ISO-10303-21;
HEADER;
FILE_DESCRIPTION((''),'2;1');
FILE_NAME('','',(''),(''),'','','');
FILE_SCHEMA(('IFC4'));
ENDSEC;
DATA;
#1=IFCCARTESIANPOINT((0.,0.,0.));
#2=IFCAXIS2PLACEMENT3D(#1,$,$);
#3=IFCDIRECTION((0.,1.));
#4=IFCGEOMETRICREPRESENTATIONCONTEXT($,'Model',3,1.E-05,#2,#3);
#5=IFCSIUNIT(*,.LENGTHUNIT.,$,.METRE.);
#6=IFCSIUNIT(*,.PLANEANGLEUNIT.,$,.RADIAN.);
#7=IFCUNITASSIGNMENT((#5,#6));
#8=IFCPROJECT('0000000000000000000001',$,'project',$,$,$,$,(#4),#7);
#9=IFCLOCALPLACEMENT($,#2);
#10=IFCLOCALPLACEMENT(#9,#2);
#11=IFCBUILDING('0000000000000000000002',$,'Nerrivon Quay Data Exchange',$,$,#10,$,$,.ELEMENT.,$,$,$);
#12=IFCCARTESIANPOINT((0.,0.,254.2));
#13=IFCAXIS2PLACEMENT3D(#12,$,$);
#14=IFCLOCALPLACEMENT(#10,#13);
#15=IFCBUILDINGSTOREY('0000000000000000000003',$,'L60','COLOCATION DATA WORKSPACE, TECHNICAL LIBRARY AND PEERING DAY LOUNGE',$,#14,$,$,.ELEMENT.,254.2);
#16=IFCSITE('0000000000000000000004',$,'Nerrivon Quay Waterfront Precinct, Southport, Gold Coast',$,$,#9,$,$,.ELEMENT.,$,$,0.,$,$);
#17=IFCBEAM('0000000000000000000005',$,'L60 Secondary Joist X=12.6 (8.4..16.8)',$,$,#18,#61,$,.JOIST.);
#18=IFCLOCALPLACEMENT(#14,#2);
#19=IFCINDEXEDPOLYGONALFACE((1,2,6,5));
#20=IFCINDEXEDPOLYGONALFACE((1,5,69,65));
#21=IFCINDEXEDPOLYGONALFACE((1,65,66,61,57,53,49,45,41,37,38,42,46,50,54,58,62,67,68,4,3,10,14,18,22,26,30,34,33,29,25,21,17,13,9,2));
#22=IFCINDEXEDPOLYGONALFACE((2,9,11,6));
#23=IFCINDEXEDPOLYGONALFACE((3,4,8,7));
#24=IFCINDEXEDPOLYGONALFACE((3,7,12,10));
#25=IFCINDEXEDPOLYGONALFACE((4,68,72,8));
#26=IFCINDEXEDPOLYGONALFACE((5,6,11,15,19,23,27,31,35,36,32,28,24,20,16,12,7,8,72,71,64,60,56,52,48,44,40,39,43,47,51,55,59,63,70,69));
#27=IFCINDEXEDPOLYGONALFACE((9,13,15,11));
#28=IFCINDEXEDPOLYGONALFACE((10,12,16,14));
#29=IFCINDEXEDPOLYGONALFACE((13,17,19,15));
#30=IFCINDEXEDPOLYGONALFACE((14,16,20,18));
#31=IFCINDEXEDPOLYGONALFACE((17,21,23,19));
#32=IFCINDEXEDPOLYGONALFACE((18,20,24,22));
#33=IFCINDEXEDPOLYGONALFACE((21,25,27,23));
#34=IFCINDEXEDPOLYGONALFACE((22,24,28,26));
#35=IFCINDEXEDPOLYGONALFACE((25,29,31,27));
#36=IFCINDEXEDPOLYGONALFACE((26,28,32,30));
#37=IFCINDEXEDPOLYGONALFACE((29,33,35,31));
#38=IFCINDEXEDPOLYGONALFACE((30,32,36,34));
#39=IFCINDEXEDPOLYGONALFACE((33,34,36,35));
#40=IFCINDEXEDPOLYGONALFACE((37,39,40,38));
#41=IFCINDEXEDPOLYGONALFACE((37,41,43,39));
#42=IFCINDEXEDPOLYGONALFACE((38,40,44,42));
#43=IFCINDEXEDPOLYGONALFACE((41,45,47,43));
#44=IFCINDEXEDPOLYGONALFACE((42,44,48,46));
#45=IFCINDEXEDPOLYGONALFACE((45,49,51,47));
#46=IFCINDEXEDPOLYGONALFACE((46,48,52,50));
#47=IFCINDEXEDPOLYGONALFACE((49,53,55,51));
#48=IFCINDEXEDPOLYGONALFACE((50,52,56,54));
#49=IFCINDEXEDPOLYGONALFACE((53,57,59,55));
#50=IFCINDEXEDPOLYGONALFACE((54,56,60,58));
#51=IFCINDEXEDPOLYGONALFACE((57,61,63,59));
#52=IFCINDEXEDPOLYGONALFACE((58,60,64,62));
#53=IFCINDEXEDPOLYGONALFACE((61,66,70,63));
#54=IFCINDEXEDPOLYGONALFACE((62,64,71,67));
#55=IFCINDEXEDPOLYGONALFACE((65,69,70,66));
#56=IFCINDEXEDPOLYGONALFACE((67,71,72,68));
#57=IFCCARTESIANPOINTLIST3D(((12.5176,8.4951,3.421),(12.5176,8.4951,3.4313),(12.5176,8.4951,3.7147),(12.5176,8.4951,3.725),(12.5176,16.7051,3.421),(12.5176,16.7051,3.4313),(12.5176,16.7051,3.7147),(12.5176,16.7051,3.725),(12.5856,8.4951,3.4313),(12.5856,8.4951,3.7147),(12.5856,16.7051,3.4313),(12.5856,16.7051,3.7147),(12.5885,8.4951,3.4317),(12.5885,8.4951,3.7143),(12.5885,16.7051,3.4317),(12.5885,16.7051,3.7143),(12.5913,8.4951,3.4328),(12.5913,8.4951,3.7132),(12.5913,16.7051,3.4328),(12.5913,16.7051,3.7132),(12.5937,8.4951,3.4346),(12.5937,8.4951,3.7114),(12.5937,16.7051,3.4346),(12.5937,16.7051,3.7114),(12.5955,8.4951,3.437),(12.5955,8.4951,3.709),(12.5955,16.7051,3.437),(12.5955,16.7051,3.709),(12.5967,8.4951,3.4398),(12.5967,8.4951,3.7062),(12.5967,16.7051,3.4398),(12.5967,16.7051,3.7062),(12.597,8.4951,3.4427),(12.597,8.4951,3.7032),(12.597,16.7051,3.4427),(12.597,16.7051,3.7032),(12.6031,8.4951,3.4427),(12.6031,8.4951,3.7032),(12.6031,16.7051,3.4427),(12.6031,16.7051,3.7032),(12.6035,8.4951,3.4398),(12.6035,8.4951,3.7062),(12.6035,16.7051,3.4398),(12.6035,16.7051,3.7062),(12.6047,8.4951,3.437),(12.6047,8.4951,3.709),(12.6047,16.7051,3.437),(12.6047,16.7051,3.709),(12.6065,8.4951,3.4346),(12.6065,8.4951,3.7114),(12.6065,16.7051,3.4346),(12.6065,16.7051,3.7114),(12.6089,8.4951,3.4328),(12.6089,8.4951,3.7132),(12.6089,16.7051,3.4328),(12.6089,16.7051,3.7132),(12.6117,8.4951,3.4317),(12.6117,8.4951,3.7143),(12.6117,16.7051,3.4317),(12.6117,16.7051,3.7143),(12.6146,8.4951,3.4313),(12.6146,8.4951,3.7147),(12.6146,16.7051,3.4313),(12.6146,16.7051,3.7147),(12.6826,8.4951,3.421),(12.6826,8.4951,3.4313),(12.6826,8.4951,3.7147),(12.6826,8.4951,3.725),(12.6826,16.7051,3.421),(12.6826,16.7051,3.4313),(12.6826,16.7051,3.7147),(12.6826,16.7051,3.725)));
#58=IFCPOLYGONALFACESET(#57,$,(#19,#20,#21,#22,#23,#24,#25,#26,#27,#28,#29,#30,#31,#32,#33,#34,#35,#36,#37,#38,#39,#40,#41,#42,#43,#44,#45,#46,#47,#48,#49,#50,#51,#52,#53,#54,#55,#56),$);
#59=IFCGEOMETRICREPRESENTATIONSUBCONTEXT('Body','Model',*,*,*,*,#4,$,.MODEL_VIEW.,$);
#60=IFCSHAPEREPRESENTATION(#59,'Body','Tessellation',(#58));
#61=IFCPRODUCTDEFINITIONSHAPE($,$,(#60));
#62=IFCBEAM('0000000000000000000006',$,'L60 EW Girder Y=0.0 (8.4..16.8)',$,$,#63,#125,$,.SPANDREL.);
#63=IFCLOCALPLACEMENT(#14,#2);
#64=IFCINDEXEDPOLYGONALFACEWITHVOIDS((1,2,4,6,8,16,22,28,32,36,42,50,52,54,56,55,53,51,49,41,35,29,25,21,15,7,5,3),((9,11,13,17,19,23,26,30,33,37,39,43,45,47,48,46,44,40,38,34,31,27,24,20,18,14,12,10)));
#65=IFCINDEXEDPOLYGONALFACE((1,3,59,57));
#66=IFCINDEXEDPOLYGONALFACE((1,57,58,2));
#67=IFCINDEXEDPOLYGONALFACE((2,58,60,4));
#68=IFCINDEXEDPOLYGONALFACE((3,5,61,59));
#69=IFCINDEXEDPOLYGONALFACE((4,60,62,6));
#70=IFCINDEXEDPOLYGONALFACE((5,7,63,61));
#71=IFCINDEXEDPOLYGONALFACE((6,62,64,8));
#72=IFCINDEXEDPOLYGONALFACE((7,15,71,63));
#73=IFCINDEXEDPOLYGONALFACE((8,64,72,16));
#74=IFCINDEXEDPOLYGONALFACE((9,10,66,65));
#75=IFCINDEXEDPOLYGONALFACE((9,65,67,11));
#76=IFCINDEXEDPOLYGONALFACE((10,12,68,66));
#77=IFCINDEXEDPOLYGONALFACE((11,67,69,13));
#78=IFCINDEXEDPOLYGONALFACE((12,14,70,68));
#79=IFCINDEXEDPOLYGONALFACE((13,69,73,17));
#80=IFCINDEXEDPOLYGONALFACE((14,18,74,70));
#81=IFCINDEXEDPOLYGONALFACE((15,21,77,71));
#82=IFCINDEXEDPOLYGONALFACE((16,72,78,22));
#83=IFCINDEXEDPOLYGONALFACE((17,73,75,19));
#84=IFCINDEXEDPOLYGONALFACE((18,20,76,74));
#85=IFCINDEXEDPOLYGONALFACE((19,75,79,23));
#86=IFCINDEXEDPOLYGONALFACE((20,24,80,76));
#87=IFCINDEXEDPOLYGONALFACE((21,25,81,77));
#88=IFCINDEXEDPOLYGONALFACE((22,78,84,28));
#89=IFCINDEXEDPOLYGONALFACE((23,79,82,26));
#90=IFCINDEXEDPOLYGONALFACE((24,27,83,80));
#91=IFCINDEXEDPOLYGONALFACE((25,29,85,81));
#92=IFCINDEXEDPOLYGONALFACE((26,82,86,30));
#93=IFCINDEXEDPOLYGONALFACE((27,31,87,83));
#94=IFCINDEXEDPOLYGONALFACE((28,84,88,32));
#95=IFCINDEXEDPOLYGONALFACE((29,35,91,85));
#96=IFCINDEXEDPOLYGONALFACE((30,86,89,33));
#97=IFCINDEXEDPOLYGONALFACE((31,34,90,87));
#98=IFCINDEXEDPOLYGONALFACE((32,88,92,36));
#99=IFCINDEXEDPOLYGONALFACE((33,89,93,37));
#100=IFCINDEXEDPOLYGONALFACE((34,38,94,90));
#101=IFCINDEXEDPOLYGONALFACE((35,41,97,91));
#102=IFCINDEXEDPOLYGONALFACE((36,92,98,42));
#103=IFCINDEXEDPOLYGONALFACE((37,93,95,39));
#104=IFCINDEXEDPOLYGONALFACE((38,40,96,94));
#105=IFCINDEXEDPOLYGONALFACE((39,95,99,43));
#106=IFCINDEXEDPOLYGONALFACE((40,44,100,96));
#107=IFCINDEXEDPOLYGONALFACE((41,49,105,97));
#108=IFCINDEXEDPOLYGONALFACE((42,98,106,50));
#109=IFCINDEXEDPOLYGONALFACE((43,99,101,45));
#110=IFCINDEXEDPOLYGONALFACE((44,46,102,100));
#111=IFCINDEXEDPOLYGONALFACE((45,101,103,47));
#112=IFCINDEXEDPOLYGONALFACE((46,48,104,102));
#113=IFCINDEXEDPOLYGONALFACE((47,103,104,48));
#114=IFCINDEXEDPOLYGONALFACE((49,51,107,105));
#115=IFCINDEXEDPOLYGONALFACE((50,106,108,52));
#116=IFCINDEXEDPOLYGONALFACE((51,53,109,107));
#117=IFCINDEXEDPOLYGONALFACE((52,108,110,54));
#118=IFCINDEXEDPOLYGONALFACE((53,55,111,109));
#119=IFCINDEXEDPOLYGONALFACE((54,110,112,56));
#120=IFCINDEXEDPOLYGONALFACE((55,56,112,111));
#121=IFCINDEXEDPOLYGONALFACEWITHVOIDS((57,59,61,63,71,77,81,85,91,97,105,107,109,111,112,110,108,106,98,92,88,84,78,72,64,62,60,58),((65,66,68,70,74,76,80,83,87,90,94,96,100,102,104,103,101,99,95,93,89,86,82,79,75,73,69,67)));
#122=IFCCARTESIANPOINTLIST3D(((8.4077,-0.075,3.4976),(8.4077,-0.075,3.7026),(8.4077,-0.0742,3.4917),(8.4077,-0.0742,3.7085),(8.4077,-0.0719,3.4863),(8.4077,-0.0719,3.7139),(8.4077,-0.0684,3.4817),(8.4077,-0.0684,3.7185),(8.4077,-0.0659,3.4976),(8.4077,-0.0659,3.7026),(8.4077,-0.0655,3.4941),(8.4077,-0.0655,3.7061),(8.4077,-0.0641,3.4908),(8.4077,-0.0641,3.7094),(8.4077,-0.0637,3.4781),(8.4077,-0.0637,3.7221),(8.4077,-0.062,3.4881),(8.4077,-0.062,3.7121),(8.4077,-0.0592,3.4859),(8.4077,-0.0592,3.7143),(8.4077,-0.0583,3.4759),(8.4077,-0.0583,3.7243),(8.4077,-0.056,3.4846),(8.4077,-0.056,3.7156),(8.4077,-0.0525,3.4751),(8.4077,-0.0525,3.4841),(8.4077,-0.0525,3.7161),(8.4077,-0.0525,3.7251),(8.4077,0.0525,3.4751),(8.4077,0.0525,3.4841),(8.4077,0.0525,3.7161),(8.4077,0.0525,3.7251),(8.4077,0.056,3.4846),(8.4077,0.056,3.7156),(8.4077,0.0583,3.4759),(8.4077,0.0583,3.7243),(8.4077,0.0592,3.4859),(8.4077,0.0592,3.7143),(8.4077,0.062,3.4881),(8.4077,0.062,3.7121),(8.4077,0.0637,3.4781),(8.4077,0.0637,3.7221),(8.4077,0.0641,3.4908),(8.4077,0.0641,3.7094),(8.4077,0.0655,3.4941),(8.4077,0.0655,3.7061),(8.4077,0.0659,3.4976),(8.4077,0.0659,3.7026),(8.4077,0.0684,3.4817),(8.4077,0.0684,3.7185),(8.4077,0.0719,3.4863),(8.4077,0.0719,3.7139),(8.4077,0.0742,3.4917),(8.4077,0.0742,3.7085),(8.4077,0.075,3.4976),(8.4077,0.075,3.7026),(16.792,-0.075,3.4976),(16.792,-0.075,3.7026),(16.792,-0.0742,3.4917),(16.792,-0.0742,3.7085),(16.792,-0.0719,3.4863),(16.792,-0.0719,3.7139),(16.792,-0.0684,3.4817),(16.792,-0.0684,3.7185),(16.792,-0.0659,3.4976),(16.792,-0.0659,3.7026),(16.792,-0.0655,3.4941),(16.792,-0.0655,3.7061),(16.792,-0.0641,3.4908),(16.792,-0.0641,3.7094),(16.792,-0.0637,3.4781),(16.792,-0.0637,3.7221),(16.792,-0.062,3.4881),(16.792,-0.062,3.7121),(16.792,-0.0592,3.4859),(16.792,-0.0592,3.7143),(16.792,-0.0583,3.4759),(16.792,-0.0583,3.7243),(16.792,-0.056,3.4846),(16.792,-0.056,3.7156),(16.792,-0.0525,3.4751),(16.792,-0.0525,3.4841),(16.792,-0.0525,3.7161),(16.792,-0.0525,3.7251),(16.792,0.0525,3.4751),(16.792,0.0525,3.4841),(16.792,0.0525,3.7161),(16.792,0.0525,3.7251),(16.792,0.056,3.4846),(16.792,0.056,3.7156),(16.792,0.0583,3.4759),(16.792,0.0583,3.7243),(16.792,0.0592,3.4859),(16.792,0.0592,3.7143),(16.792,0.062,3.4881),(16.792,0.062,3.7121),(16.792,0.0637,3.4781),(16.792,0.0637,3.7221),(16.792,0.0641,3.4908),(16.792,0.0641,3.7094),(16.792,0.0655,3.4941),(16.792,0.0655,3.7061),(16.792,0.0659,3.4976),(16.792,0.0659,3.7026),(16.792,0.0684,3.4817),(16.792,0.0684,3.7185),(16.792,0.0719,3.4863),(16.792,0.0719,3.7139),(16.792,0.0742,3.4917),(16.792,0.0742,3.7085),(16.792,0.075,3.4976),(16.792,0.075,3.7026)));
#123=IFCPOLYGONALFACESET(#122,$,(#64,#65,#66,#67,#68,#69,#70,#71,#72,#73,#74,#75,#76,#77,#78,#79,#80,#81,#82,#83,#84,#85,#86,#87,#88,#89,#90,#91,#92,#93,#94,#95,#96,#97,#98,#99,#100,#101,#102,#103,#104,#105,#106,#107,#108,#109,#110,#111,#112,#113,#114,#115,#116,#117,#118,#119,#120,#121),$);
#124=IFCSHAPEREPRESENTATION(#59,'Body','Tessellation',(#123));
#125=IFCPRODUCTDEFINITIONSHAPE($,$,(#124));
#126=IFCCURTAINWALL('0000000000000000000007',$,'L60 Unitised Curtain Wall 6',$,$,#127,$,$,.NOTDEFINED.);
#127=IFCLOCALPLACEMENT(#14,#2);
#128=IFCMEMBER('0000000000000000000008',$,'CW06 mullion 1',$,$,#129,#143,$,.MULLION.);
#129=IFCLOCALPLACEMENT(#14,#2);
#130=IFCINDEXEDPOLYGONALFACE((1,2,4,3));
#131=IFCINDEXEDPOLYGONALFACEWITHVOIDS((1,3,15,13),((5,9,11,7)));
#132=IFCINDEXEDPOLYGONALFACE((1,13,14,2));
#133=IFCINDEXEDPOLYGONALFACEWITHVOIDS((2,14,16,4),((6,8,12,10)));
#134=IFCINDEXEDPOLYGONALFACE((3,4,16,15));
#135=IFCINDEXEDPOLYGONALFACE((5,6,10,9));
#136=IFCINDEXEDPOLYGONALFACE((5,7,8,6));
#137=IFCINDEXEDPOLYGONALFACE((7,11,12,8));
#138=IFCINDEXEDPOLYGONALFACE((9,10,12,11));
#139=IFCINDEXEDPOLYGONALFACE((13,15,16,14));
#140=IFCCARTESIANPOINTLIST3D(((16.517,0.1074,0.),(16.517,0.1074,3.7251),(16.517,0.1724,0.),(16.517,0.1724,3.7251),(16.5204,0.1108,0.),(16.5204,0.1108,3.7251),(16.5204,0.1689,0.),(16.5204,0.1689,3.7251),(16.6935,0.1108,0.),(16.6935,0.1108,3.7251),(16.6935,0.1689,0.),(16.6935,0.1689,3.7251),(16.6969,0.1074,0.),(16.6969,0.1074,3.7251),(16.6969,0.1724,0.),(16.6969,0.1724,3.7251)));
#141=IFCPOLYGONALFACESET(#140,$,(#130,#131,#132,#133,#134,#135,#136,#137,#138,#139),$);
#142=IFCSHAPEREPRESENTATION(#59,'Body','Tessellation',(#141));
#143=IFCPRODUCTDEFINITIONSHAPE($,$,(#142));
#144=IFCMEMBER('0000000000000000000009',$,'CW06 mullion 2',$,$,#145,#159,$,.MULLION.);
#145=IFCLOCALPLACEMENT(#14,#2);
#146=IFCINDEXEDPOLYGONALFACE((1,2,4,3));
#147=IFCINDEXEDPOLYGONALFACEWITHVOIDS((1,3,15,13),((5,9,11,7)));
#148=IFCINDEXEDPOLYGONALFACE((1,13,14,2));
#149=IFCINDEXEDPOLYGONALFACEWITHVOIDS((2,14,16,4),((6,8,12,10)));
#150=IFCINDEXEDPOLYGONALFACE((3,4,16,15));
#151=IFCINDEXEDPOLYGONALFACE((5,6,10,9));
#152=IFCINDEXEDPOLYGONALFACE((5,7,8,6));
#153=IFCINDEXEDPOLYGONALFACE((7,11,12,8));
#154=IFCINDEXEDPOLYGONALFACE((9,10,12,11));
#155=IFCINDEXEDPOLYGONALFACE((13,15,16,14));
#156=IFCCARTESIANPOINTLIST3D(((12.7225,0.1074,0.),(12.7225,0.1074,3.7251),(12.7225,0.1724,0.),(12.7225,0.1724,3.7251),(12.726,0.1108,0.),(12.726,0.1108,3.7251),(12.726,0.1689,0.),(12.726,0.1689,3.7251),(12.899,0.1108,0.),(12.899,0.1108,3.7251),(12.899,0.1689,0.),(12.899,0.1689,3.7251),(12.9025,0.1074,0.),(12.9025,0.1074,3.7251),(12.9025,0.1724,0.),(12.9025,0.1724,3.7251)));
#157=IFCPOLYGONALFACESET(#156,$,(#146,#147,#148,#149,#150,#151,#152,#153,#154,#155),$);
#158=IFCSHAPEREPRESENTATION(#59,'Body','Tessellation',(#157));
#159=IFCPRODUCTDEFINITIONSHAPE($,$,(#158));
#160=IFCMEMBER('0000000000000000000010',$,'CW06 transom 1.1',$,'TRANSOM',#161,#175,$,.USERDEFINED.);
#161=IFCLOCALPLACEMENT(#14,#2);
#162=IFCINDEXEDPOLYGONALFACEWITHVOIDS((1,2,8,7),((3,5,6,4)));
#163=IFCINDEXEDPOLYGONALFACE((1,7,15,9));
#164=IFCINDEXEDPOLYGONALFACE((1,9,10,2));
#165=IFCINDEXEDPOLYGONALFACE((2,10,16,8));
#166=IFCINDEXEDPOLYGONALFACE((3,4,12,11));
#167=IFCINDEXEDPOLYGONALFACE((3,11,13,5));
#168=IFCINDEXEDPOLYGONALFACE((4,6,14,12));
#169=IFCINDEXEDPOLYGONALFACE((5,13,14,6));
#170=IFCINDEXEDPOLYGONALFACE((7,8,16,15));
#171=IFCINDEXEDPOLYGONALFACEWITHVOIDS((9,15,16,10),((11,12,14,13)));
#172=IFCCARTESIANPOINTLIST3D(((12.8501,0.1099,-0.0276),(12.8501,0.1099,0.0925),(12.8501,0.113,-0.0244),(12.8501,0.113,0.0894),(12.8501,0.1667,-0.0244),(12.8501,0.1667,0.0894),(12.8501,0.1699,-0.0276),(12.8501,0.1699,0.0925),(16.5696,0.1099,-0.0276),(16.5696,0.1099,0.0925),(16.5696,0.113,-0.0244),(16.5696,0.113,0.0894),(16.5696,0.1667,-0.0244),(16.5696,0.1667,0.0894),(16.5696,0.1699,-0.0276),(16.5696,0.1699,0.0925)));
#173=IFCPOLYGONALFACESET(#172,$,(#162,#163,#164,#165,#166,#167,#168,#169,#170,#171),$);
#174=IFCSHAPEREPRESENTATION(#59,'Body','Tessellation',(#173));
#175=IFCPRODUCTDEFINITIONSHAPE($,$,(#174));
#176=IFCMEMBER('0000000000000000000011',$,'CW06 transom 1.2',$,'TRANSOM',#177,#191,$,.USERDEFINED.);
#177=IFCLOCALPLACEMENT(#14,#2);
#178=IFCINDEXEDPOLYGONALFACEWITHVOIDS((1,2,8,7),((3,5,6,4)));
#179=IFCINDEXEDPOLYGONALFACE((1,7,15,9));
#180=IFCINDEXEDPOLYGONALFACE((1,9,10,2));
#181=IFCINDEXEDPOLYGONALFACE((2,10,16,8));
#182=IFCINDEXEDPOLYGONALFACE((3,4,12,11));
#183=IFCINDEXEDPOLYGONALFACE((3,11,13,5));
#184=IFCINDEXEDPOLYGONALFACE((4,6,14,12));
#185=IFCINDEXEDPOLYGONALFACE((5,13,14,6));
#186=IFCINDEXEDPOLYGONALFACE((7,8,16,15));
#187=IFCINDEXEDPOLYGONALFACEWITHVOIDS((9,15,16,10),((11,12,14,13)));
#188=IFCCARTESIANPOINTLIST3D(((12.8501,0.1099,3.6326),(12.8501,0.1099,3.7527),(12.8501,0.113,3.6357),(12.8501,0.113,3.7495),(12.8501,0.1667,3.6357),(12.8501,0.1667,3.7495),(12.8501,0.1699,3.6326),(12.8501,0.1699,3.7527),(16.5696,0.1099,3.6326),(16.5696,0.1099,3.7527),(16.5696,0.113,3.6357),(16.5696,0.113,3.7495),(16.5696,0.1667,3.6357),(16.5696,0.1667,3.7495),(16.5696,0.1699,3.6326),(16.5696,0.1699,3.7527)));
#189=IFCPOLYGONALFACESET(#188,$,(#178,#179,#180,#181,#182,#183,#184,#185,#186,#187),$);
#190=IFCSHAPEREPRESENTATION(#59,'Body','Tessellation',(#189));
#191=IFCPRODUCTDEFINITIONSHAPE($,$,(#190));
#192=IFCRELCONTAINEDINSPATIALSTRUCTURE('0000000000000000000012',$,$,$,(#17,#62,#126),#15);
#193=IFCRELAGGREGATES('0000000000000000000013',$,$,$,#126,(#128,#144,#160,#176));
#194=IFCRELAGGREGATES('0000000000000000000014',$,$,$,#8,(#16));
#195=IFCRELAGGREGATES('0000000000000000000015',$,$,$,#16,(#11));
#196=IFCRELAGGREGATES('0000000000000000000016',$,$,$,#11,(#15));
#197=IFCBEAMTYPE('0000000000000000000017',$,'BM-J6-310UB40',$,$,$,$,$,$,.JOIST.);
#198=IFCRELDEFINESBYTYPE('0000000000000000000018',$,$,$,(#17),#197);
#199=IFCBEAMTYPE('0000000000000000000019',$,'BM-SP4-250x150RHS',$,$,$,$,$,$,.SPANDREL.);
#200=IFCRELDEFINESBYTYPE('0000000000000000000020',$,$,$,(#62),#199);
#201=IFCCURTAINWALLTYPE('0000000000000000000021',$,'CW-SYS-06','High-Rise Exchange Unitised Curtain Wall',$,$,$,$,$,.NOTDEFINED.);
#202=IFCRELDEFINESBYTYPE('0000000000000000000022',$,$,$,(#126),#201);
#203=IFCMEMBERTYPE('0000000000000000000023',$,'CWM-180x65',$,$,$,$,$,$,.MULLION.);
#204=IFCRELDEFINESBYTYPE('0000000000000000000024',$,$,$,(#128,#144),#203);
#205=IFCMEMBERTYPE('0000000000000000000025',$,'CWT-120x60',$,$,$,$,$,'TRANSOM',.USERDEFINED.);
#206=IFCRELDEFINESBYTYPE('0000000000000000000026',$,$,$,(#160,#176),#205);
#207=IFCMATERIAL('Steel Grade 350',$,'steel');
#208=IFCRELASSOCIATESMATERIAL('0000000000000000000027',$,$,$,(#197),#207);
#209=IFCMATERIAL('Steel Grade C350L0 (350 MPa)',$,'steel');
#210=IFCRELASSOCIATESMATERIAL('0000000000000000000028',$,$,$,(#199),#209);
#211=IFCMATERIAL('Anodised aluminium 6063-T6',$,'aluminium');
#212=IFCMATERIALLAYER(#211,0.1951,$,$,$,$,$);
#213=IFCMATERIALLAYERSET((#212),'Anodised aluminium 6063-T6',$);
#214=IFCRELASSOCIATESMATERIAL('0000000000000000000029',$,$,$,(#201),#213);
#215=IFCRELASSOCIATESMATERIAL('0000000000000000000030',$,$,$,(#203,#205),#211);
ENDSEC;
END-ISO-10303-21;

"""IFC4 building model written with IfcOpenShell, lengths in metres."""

from ifc_helpers import new_model, si_unit, direction, frame, origin, origin_2d, place, context, subcontext, project, spatial, hollow_rectangle, i_section, extrude, material, layer, layer_set, material_profile, profile_set, type_object, element, aggregate, save


model = new_model("IFC4")

# Units and contexts
model_context = context("Model", 3, precision=1e-05, world=origin(), true_north=direction((0.0, 1.0)))
body_context = subcontext(model_context, "Body", "Model", "MODEL_VIEW")
ifc_project = project(units=[si_unit("LENGTHUNIT", "METRE"), si_unit("PLANEANGLEUNIT", "RADIAN")], contexts=[model_context])

# Site, building, storey
site_placement = place(None, origin())
site = spatial("IfcSite", under=ifc_project, at=site_placement, Name="Nerrivon Quay Waterfront Precinct, Southport, Gold Coast", CompositionType="ELEMENT", RefElevation=0.0)
building_placement = place(site_placement, origin())
building = spatial("IfcBuilding", under=site, at=building_placement, Name="Nerrivon Quay Data Exchange", CompositionType="ELEMENT")
storey_placement = place(building_placement, frame((0.0, 0.0, 254.2)))
storey = spatial("IfcBuildingStorey", under=building, at=storey_placement, Name="L60", Description="COLOCATION DATA WORKSPACE, TECHNICAL LIBRARY AND PEERING DAY LOUNGE", CompositionType="ELEMENT", Elevation=254.2)

# Shared definitions
ifc_material_1 = material(Name="Steel Grade 350", Category="steel")

# Beams
ifc_material_profile_1 = material_profile(ifc_material_1, i_section(OverallWidth=0.165, OverallDepth=0.304, WebThickness=0.0061, FlangeThickness=0.0103, FilletRadius=0.0115, at=origin_2d()), Name="310UB40.4")
ifc_profile_set_1 = profile_set([ifc_material_profile_1], Name="Steel Grade 350")
beam_type_1 = type_object("IfcBeamType", Name="BM-J6-310UB40", PredefinedType="JOIST", material=ifc_profile_set_1)
beam_1_placement = place(storey_placement, frame((12.6001, 8.4951, 3.573), z_axis=(0.0, 1.0, 0.0), x_axis=(-1.0, 0.0, 0.0)))
element("IfcBeam", 1, at=beam_1_placement, inside=storey, type_object=beam_type_1, Name="L60 Secondary Joist X=12.6 (8.4..16.8)", PredefinedType="JOIST", context=body_context, shape_type="SweptSolid", body=[
    extrude(i_section(OverallWidth=0.165, OverallDepth=0.304, WebThickness=0.0061, FlangeThickness=0.0103, FilletRadius=0.0115, at=origin_2d()), origin(), (0.0, 0.0, 1.0), 8.21),
])
ifc_material_2 = material(Name="Steel Grade C350L0 (350 MPa)", Category="steel")
ifc_material_profile_2 = material_profile(ifc_material_2, hollow_rectangle(XDim=0.1499, YDim=0.25, WallThickness=0.009, InnerFilletRadius=0.0134, OuterFilletRadius=0.0225, at=origin_2d()), Name="250x150x9.0RHS")
ifc_profile_set_2 = profile_set([ifc_material_profile_2], Name="Steel Grade C350L0 (350 MPa)")
beam_type_2 = type_object("IfcBeamType", Name="BM-SP4-250x150RHS", PredefinedType="SPANDREL", material=ifc_profile_set_2)
beam_2_placement = place(storey_placement, frame((8.4077, 0.0, 3.6001), z_axis=(1.0, 0.0, 0.0), x_axis=(0.0, 1.0, 0.0)))
element("IfcBeam", 2, at=beam_2_placement, inside=storey, type_object=beam_type_2, Name="L60 EW Girder Y=0.0 (8.4..16.8)", PredefinedType="SPANDREL", context=body_context, shape_type="SweptSolid", body=[
    extrude(hollow_rectangle(XDim=0.1499, YDim=0.25, WallThickness=0.009, InnerFilletRadius=0.0134, OuterFilletRadius=0.0225, at=origin_2d()), origin(), (0.0, 0.0, 1.0), 8.3843),
])

# Curtain wall, members
ifc_material_3 = material(Name="Anodised aluminium 6063-T6", Category="aluminium")
ifc_layer_1 = layer(ifc_material_3, 0.1951)
ifc_layer_set_1 = layer_set([ifc_layer_1], Name="Anodised aluminium 6063-T6")
curtain_wall_type = type_object("IfcCurtainWallType", Name="CW-SYS-06", Description="High-Rise Exchange Unitised Curtain Wall", PredefinedType="NOTDEFINED", material=ifc_layer_set_1)
curtain_wall_placement = place(storey_placement, origin())
curtain_wall = element("IfcCurtainWall", 3, at=curtain_wall_placement, inside=storey, type_object=curtain_wall_type, Name="L60 Unitised Curtain Wall 6", PredefinedType="NOTDEFINED")
ifc_material_profile_3 = material_profile(ifc_material_3, hollow_rectangle(XDim=0.0649, YDim=0.1799, WallThickness=0.0034, at=origin_2d()), Name="ALU-MULL-180x65")
ifc_profile_set_3 = profile_set([ifc_material_profile_3], Name="Anodised aluminium 6063-T6")
member_type_1 = type_object("IfcMemberType", Name="CWM-180x65", PredefinedType="MULLION", material=ifc_profile_set_3)
member_1_placement = place(storey_placement, frame((16.6069, 0.1399, 0.0), z_axis=(0.0, 0.0, 1.0), x_axis=(0.0, -1.0, 0.0)))
member_1 = element("IfcMember", 4, at=member_1_placement, type_object=member_type_1, Name="CW06 mullion 1", PredefinedType="MULLION", context=body_context, shape_type="SweptSolid", body=[
    extrude(hollow_rectangle(XDim=0.0649, YDim=0.1799, WallThickness=0.0034, at=origin_2d()), origin(), (0.0, 0.0, 1.0), 3.7251),
])
member_2_placement = place(storey_placement, frame((12.8125, 0.1399, 0.0), z_axis=(0.0, 0.0, 1.0), x_axis=(0.0, -1.0, 0.0)))
member_2 = element("IfcMember", 5, at=member_2_placement, type_object=member_type_1, Name="CW06 mullion 2", PredefinedType="MULLION", context=body_context, shape_type="SweptSolid", body=[
    extrude(hollow_rectangle(XDim=0.0649, YDim=0.1799, WallThickness=0.0034, at=origin_2d()), origin(), (0.0, 0.0, 1.0), 3.7251),
])
ifc_material_profile_4 = material_profile(ifc_material_3, hollow_rectangle(XDim=0.0601, YDim=0.1201, WallThickness=0.0032, at=origin_2d()), Name="ALU-TRAN-120x60")
ifc_profile_set_4 = profile_set([ifc_material_profile_4], Name="Anodised aluminium 6063-T6")
member_type_2 = type_object("IfcMemberType", Name="CWT-120x60", ElementType="TRANSOM", PredefinedType="USERDEFINED", material=ifc_profile_set_4)
member_3_placement = place(storey_placement, frame((16.5696, 0.1399, 0.0325), z_axis=(-1.0, 0.0, 0.0), x_axis=(0.0, -1.0, 0.0)))
member_3 = element("IfcMember", 6, at=member_3_placement, type_object=member_type_2, Name="CW06 transom 1.1", ObjectType="TRANSOM", PredefinedType="USERDEFINED", context=body_context, shape_type="SweptSolid", body=[
    extrude(hollow_rectangle(XDim=0.0601, YDim=0.1201, WallThickness=0.0032, at=origin_2d()), origin(), (0.0, 0.0, 1.0), 3.7195),
])
member_4_placement = place(storey_placement, frame((16.5696, 0.1399, 3.6926), z_axis=(-1.0, 0.0, 0.0), x_axis=(0.0, -1.0, 0.0)))
member_4 = element("IfcMember", 7, at=member_4_placement, type_object=member_type_2, Name="CW06 transom 1.2", ObjectType="TRANSOM", PredefinedType="USERDEFINED", context=body_context, shape_type="SweptSolid", body=[
    extrude(hollow_rectangle(XDim=0.0601, YDim=0.1201, WallThickness=0.0032, at=origin_2d()), origin(), (0.0, 0.0, 1.0), 3.7195),
])
aggregate(curtain_wall, [member_1, member_2, member_3, member_4])

save(model, "model.ifc")
